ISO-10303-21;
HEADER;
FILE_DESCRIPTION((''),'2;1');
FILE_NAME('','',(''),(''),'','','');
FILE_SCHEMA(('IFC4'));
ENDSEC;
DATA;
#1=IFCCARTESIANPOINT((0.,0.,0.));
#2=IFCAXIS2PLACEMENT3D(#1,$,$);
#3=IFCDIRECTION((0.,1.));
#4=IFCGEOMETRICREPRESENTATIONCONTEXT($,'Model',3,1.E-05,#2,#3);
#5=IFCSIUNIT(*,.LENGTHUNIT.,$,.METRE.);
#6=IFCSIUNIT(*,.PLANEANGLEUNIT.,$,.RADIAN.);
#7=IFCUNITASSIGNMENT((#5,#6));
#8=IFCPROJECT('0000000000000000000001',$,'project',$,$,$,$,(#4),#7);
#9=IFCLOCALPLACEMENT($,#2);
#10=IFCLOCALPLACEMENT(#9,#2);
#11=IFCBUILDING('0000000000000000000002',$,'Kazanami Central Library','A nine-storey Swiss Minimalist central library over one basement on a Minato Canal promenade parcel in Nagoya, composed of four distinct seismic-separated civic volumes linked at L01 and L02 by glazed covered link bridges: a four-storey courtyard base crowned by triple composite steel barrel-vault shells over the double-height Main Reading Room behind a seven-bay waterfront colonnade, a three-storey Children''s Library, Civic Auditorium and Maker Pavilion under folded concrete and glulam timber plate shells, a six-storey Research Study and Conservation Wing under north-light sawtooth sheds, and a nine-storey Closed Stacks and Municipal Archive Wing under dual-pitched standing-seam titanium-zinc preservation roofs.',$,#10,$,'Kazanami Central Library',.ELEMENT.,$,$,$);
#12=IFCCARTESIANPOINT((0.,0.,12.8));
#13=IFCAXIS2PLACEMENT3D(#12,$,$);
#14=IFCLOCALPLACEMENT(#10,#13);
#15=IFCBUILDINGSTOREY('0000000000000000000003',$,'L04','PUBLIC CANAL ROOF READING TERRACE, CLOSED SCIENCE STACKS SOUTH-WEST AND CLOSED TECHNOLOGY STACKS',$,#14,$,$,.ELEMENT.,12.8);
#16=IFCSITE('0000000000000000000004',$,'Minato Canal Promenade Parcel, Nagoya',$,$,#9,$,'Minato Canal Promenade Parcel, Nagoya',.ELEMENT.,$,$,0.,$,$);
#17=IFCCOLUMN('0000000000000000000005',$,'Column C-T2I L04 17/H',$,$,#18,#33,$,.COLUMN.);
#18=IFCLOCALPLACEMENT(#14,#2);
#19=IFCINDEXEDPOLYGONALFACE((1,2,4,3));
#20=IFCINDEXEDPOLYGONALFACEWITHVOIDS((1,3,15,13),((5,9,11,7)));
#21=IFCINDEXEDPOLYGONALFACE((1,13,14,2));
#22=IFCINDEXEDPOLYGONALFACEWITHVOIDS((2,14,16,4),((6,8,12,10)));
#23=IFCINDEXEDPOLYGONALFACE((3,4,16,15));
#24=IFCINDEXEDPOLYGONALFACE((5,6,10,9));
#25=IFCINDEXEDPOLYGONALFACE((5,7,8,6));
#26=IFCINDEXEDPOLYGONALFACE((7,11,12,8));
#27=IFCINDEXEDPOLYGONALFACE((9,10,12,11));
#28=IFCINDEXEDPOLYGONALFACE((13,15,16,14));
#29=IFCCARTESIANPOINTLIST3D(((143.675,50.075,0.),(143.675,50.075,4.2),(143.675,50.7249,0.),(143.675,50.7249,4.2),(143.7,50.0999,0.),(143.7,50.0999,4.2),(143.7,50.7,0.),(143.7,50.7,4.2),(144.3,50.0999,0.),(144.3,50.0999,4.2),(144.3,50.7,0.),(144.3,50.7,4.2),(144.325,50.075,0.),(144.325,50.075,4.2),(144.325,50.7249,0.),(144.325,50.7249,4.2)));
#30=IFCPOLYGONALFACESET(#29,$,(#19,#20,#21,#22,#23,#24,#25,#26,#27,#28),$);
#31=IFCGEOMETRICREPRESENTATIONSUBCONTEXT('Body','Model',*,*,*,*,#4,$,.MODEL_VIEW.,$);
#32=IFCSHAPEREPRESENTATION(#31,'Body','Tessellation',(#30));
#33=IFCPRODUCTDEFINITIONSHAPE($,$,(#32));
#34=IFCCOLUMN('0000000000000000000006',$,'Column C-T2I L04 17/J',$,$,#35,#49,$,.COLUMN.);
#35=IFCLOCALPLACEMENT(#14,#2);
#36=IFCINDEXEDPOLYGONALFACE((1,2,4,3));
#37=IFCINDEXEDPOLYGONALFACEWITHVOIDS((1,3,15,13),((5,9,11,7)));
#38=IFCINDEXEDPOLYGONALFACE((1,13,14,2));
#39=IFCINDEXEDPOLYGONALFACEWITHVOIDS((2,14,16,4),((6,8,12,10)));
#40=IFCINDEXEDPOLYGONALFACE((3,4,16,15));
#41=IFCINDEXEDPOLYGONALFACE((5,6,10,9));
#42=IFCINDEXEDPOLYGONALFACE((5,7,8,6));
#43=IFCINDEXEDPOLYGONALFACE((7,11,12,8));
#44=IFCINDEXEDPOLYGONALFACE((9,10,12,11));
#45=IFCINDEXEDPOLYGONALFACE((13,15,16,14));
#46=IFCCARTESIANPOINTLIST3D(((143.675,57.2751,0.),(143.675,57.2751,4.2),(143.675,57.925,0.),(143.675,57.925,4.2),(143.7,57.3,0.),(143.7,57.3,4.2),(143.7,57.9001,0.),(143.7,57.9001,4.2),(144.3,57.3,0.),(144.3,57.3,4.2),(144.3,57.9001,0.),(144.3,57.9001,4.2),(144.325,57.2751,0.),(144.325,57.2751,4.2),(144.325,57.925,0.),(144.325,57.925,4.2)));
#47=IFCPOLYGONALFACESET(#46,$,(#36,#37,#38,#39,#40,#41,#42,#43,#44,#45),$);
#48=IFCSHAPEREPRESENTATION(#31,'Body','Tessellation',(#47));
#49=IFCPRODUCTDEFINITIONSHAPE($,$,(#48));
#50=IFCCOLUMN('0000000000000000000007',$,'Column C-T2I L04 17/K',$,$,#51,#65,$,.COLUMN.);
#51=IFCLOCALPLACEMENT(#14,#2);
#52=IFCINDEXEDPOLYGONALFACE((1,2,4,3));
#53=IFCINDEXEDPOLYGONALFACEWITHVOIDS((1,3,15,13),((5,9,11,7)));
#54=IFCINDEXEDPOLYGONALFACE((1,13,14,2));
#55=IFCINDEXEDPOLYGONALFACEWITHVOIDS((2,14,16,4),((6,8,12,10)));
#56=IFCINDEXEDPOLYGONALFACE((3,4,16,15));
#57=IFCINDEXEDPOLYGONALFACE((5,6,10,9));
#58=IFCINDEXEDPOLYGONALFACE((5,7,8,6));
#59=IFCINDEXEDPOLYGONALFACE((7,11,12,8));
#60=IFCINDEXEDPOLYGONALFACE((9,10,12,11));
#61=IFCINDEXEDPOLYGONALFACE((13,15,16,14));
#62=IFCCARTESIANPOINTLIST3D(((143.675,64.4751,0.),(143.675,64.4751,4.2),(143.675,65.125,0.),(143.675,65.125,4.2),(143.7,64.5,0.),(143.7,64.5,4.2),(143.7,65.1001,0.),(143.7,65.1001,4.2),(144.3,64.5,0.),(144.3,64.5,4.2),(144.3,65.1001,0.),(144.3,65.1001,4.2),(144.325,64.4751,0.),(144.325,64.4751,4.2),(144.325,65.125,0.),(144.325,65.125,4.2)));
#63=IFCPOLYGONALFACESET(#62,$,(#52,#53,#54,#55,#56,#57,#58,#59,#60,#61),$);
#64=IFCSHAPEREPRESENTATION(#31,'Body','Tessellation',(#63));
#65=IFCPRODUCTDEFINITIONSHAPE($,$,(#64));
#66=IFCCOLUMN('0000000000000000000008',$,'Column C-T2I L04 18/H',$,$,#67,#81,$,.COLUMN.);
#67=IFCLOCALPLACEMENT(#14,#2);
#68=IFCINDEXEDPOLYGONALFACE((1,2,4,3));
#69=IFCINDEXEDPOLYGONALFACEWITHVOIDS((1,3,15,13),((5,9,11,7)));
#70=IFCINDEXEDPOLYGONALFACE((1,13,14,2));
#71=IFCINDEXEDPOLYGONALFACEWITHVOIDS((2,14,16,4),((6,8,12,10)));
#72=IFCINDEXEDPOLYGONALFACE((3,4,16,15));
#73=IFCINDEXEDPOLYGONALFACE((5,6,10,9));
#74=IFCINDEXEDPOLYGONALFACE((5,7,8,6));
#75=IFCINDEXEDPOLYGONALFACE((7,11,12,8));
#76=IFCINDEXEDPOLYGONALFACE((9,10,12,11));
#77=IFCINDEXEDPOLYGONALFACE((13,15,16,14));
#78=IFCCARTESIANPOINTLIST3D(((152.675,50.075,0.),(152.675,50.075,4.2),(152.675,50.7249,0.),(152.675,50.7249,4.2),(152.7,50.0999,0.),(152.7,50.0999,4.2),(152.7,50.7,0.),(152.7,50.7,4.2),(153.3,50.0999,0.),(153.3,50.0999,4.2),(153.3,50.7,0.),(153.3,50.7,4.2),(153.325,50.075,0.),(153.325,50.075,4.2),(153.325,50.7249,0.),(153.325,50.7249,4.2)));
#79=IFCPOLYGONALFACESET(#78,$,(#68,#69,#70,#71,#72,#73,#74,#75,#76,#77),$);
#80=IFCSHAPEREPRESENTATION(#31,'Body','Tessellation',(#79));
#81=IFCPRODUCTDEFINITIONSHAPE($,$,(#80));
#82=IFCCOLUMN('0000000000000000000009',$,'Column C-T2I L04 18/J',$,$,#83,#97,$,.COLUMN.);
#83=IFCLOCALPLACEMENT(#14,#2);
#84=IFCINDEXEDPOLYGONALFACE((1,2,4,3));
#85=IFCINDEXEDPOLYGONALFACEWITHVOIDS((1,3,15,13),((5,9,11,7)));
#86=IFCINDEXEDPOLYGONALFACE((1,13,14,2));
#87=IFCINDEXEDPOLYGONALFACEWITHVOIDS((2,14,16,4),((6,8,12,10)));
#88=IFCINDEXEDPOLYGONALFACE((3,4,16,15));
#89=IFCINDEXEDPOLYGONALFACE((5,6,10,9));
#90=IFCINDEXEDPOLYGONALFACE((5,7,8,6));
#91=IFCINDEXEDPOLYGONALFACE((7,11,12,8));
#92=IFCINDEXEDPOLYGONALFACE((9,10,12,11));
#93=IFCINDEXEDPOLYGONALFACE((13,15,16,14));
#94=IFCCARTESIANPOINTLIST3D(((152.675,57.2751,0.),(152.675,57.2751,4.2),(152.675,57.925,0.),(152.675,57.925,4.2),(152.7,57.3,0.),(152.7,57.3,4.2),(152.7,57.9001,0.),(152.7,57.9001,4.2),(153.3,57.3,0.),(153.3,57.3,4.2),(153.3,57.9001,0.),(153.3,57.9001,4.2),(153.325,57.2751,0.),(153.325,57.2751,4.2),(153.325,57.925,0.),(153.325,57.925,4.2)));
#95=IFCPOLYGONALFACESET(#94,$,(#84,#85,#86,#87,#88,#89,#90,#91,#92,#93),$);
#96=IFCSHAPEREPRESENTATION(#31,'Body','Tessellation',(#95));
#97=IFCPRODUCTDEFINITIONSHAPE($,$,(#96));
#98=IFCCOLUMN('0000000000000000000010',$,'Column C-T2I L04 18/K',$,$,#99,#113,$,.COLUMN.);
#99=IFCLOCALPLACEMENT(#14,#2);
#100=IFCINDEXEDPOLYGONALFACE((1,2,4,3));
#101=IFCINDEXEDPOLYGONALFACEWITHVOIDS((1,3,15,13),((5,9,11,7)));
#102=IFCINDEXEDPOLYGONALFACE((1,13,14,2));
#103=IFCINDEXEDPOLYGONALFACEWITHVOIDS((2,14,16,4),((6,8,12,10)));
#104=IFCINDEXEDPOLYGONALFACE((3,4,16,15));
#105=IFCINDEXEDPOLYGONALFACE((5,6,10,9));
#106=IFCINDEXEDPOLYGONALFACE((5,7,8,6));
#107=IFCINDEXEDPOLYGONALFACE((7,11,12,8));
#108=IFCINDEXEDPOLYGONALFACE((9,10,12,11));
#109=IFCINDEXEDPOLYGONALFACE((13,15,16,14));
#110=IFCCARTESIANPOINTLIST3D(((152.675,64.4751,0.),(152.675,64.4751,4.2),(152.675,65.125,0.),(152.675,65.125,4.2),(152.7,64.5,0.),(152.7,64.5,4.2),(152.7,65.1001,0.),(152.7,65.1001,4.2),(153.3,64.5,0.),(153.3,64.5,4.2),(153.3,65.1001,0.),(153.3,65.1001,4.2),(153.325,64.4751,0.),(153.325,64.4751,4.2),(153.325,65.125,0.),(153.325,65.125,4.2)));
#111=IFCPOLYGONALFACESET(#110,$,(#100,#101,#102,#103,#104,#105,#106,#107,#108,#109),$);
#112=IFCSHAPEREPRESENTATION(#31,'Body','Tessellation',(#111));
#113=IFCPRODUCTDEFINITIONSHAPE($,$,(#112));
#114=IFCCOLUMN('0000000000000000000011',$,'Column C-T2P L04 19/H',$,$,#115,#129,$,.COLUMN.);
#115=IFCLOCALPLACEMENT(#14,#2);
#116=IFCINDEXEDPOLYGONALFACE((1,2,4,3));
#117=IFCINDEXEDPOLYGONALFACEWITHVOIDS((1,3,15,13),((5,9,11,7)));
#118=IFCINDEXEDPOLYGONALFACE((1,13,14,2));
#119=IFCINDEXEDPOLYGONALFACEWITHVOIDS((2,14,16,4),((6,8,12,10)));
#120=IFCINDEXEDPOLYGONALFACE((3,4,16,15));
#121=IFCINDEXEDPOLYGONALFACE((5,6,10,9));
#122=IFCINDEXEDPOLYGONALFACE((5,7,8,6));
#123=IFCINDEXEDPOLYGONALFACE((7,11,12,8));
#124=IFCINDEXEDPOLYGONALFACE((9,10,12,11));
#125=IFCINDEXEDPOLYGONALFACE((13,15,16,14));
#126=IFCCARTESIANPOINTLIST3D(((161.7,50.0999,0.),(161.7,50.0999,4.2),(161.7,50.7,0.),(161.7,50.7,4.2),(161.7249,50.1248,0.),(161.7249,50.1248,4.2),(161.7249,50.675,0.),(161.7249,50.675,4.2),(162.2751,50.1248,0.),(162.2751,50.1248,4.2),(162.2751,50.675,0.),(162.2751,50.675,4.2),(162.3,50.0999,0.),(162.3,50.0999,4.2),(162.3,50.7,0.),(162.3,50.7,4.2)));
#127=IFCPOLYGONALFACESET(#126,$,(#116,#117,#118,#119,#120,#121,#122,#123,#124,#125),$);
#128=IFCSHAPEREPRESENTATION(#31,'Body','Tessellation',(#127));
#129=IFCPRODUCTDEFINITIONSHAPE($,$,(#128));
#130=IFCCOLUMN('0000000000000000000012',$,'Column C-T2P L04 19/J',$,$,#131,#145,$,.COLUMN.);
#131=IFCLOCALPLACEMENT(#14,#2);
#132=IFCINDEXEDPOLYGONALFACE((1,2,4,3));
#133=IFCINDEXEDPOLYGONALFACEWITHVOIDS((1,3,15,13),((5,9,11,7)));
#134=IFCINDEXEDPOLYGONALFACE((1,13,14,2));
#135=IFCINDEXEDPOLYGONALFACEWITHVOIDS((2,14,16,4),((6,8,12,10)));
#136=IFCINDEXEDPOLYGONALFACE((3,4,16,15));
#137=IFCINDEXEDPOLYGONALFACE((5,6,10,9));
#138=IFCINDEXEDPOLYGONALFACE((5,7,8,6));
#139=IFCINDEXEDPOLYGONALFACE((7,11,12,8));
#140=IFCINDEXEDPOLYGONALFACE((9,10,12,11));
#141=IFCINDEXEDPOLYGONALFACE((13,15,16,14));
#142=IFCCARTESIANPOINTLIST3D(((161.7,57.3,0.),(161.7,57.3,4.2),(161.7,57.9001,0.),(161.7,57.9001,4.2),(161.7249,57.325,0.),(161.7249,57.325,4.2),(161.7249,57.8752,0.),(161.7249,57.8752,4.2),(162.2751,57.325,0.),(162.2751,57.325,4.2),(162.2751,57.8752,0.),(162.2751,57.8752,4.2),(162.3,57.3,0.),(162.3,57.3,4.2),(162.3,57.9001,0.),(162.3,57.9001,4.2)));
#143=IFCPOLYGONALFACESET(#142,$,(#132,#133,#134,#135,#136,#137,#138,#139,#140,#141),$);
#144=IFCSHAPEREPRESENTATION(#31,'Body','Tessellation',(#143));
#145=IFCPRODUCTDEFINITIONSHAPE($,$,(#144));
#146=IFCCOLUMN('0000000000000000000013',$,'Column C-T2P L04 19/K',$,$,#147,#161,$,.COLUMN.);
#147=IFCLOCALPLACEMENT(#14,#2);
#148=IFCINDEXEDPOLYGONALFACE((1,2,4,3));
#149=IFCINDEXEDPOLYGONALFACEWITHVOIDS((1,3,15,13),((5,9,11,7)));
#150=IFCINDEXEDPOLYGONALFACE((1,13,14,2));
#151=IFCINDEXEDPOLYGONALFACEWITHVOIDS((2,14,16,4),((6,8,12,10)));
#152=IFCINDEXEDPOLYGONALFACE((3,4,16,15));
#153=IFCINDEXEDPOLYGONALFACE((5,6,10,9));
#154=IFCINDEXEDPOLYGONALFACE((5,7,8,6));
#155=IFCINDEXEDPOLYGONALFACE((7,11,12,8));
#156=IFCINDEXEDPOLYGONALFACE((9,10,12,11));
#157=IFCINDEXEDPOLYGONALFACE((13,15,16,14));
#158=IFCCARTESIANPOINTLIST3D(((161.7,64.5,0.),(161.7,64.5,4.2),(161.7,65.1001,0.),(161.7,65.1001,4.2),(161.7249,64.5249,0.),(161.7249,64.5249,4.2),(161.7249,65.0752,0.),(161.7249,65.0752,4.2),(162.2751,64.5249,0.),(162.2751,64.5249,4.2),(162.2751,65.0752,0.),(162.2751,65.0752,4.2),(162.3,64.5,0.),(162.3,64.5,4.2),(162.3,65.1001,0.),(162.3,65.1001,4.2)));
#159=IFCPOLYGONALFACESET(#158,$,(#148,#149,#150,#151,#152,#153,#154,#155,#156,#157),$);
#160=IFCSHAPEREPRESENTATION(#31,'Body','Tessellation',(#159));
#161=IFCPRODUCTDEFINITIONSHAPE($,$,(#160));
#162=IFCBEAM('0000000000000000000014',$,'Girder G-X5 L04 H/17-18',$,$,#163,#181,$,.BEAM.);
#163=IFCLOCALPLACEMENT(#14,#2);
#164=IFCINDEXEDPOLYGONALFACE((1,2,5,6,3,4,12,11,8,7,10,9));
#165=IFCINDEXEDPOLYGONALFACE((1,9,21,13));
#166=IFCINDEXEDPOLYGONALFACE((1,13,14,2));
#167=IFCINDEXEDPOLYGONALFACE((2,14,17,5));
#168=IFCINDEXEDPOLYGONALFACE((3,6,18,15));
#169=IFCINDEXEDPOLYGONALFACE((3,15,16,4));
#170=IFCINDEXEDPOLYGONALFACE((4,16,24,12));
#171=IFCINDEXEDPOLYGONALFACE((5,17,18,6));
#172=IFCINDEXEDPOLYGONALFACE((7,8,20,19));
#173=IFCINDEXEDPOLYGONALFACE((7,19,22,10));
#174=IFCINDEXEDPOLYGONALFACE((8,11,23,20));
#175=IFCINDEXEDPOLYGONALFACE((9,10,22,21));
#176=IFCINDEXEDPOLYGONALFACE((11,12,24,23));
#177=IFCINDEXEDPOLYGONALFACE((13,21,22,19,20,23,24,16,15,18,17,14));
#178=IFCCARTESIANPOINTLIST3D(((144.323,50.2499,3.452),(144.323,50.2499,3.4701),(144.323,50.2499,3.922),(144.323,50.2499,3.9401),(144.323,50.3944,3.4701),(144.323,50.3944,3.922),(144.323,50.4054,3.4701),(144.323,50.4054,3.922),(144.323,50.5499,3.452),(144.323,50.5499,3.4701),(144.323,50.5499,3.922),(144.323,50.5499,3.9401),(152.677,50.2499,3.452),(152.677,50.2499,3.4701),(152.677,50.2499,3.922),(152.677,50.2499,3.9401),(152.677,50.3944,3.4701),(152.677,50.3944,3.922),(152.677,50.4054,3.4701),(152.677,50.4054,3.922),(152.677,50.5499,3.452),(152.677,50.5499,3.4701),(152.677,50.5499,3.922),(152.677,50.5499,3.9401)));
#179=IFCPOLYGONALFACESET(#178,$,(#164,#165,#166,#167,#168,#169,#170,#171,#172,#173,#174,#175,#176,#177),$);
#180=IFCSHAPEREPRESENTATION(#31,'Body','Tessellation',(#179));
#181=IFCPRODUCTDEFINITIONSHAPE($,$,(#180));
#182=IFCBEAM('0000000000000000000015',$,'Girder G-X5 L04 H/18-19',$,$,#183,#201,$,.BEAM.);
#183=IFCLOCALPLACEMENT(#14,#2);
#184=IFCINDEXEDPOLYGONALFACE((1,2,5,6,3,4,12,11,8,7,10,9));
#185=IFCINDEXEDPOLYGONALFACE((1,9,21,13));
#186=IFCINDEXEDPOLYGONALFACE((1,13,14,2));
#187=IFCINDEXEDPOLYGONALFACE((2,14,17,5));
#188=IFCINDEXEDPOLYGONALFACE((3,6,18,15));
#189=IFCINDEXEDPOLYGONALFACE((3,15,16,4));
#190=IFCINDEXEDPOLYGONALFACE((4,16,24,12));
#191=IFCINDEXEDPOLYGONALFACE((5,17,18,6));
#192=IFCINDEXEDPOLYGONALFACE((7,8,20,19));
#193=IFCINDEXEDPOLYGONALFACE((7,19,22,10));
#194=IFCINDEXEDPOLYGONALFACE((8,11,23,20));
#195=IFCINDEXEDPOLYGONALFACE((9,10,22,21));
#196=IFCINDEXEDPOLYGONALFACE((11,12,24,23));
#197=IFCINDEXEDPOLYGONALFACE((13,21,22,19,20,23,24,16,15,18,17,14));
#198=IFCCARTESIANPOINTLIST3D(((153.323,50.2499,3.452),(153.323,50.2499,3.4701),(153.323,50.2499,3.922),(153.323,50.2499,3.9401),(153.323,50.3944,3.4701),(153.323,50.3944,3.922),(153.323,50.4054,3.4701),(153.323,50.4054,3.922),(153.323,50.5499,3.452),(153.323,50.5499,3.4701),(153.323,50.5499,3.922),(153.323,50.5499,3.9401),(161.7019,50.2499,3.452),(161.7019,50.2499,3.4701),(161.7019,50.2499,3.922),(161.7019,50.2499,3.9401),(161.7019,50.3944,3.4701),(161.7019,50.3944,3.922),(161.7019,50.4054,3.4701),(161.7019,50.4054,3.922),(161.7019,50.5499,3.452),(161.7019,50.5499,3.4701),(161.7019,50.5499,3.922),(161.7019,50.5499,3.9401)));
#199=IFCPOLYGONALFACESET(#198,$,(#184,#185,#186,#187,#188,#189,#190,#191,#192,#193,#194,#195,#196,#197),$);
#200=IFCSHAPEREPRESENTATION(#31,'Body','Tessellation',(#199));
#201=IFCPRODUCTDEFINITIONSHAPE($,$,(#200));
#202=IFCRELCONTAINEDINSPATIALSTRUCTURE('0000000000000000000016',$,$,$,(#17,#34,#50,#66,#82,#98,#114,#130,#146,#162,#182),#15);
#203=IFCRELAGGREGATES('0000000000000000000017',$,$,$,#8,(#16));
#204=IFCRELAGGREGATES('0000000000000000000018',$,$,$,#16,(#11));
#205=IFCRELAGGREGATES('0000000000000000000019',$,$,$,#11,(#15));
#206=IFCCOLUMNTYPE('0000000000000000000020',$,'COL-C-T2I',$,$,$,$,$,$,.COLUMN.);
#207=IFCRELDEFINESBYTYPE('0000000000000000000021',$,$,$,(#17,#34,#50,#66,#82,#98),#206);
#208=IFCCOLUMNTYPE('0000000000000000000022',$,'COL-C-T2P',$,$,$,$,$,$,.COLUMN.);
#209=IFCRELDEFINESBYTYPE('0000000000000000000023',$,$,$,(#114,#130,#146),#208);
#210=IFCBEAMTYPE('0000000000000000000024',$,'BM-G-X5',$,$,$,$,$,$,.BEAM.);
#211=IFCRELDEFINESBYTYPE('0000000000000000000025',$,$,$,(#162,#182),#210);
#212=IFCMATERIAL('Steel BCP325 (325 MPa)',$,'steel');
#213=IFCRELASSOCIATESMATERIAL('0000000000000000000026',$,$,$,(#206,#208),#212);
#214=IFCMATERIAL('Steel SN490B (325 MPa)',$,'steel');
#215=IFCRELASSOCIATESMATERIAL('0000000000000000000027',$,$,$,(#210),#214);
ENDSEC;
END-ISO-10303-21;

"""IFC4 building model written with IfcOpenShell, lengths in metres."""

from ifc_helpers import new_model, si_unit, direction, frame, origin, origin_2d, place, context, subcontext, project, spatial, hollow_rectangle, i_section, extrude, material, material_profile, profile_set, type_object, element, save


model = new_model("IFC4")

# Units and contexts
model_context = context("Model", 3, precision=1e-05, world=origin(), true_north=direction((0.0, 1.0)))
body_context = subcontext(model_context, "Body", "Model", "MODEL_VIEW")
ifc_project = project(units=[si_unit("LENGTHUNIT", "METRE"), si_unit("PLANEANGLEUNIT", "RADIAN")], contexts=[model_context])

# Site, building, storey
site_placement = place(None, origin())
site = spatial("IfcSite", under=ifc_project, at=site_placement, Name="Minato Canal Promenade Parcel, Nagoya", LongName="Minato Canal Promenade Parcel, Nagoya", CompositionType="ELEMENT", RefElevation=0.0)
building_placement = place(site_placement, origin())
building = spatial("IfcBuilding", under=site, at=building_placement, Name="Kazanami Central Library", Description="A nine-storey Swiss Minimalist central library over one basement on a Minato Canal promenade parcel in Nagoya, composed of four distinct seismic-separated civic volumes linked at L01 and L02 by glazed covered link bridges: a four-storey courtyard base crowned by triple composite steel barrel-vault shells over the double-height Main Reading Room behind a seven-bay waterfront colonnade, a three-storey Children's Library, Civic Auditorium and Maker Pavilion under folded concrete and glulam timber plate shells, a six-storey Research Study and Conservation Wing under north-light sawtooth sheds, and a nine-storey Closed Stacks and Municipal Archive Wing under dual-pitched standing-seam titanium-zinc preservation roofs.", LongName="Kazanami Central Library", CompositionType="ELEMENT")
storey_placement = place(building_placement, frame((0.0, 0.0, 12.8)))
storey = spatial("IfcBuildingStorey", under=building, at=storey_placement, Name="L04", Description="PUBLIC CANAL ROOF READING TERRACE, CLOSED SCIENCE STACKS SOUTH-WEST AND CLOSED TECHNOLOGY STACKS", CompositionType="ELEMENT", Elevation=12.8)

# Columns
ifc_material_1 = material(Name="Steel BCP325 (325 MPa)", Category="steel")
ifc_material_profile_1 = material_profile(ifc_material_1, hollow_rectangle(XDim=0.6499, YDim=0.6499, WallThickness=0.0249, at=origin_2d()), Name="BCP-650x650x25")
ifc_profile_set_1 = profile_set([ifc_material_profile_1], Name="Steel BCP325 (325 MPa)")
column_type_1 = type_object("IfcColumnType", Name="COL-C-T2I", PredefinedType="COLUMN", material=ifc_profile_set_1)
for number, where, z_axis, x_axis, name in (
    (1, (144.0, 50.3999, 0.0), (0.0, 0.0, 1.0), (1.0, 0.0, 0.0), "Column C-T2I L04 17/H"),
    (2, (144.0, 57.6001, 0.0), (0.0, 0.0, 1.0), (1.0, 0.0, 0.0), "Column C-T2I L04 17/J"),
    (3, (144.0, 64.8, 0.0), (0.0, 0.0, 1.0), (1.0, 0.0, 0.0), "Column C-T2I L04 17/K"),
    (4, (153.0, 50.3999, 0.0), (0.0, 0.0, 1.0), (1.0, 0.0, 0.0), "Column C-T2I L04 18/H"),
    (5, (153.0, 57.6001, 0.0), (0.0, 0.0, 1.0), (1.0, 0.0, 0.0), "Column C-T2I L04 18/J"),
    (6, (153.0, 64.8, 0.0), (0.0, 0.0, 1.0), (1.0, 0.0, 0.0), "Column C-T2I L04 18/K"),
):
    element("IfcColumn", number, at=place(storey_placement, frame(where, z_axis=z_axis, x_axis=x_axis)), inside=storey, type_object=column_type_1, Name=name, PredefinedType="COLUMN", context=body_context, shape_type="SweptSolid", body=[
        extrude(hollow_rectangle(XDim=0.6499, YDim=0.6499, WallThickness=0.0249, at=origin_2d()), origin(), (0.0, 0.0, 1.0), 4.2),
    ])
ifc_material_profile_2 = material_profile(ifc_material_1, hollow_rectangle(XDim=0.6001, YDim=0.6001, WallThickness=0.0249, at=origin_2d()), Name="BCP-600x600x25")
ifc_profile_set_2 = profile_set([ifc_material_profile_2], Name="Steel BCP325 (325 MPa)")
column_type_2 = type_object("IfcColumnType", Name="COL-C-T2P", PredefinedType="COLUMN", material=ifc_profile_set_2)
for number, where, z_axis, x_axis, name in (
    (7, (162.0, 50.3999, 0.0), (0.0, 0.0, 1.0), (1.0, 0.0, 0.0), "Column C-T2P L04 19/H"),
    (8, (162.0, 57.6001, 0.0), (0.0, 0.0, 1.0), (1.0, 0.0, 0.0), "Column C-T2P L04 19/J"),
    (9, (162.0, 64.8, 0.0), (0.0, 0.0, 1.0), (1.0, 0.0, 0.0), "Column C-T2P L04 19/K"),
):
    element("IfcColumn", number, at=place(storey_placement, frame(where, z_axis=z_axis, x_axis=x_axis)), inside=storey, type_object=column_type_2, Name=name, PredefinedType="COLUMN", context=body_context, shape_type="SweptSolid", body=[
        extrude(hollow_rectangle(XDim=0.6001, YDim=0.6001, WallThickness=0.0249, at=origin_2d()), origin(), (0.0, 0.0, 1.0), 4.2),
    ])

# Beams
ifc_material_2 = material(Name="Steel SN490B (325 MPa)", Category="steel")
ifc_material_profile_3 = material_profile(ifc_material_2, i_section(OverallWidth=0.3, OverallDepth=0.488, WebThickness=0.011, FlangeThickness=0.0181, at=origin_2d()), Name="H-488x300x11x18")
ifc_profile_set_3 = profile_set([ifc_material_profile_3], Name="Steel SN490B (325 MPa)")
beam_type_1 = type_object("IfcBeamType", Name="BM-G-X5", PredefinedType="BEAM", material=ifc_profile_set_3)
beam_1_placement = place(storey_placement, frame((144.323, 50.3999, 3.696), z_axis=(1.0, 0.0, 0.0), x_axis=(0.0, 1.0, 0.0)))
element("IfcBeam", 10, at=beam_1_placement, inside=storey, type_object=beam_type_1, Name="Girder G-X5 L04 H/17-18", PredefinedType="BEAM", context=body_context, shape_type="SweptSolid", body=[
    extrude(i_section(OverallWidth=0.3, OverallDepth=0.488, WebThickness=0.011, FlangeThickness=0.0181, at=origin_2d()), origin(), (0.0, 0.0, 1.0), 8.354),
])
beam_2_placement = place(storey_placement, frame((153.323, 50.3999, 3.696), z_axis=(1.0, 0.0, 0.0), x_axis=(0.0, 1.0, 0.0)))
element("IfcBeam", 11, at=beam_2_placement, inside=storey, type_object=beam_type_1, Name="Girder G-X5 L04 H/18-19", PredefinedType="BEAM", context=body_context, shape_type="SweptSolid", body=[
    extrude(i_section(OverallWidth=0.3, OverallDepth=0.488, WebThickness=0.011, FlangeThickness=0.0181, at=origin_2d()), origin(), (0.0, 0.0, 1.0), 8.3789),
])

save(model, "model.ifc")
